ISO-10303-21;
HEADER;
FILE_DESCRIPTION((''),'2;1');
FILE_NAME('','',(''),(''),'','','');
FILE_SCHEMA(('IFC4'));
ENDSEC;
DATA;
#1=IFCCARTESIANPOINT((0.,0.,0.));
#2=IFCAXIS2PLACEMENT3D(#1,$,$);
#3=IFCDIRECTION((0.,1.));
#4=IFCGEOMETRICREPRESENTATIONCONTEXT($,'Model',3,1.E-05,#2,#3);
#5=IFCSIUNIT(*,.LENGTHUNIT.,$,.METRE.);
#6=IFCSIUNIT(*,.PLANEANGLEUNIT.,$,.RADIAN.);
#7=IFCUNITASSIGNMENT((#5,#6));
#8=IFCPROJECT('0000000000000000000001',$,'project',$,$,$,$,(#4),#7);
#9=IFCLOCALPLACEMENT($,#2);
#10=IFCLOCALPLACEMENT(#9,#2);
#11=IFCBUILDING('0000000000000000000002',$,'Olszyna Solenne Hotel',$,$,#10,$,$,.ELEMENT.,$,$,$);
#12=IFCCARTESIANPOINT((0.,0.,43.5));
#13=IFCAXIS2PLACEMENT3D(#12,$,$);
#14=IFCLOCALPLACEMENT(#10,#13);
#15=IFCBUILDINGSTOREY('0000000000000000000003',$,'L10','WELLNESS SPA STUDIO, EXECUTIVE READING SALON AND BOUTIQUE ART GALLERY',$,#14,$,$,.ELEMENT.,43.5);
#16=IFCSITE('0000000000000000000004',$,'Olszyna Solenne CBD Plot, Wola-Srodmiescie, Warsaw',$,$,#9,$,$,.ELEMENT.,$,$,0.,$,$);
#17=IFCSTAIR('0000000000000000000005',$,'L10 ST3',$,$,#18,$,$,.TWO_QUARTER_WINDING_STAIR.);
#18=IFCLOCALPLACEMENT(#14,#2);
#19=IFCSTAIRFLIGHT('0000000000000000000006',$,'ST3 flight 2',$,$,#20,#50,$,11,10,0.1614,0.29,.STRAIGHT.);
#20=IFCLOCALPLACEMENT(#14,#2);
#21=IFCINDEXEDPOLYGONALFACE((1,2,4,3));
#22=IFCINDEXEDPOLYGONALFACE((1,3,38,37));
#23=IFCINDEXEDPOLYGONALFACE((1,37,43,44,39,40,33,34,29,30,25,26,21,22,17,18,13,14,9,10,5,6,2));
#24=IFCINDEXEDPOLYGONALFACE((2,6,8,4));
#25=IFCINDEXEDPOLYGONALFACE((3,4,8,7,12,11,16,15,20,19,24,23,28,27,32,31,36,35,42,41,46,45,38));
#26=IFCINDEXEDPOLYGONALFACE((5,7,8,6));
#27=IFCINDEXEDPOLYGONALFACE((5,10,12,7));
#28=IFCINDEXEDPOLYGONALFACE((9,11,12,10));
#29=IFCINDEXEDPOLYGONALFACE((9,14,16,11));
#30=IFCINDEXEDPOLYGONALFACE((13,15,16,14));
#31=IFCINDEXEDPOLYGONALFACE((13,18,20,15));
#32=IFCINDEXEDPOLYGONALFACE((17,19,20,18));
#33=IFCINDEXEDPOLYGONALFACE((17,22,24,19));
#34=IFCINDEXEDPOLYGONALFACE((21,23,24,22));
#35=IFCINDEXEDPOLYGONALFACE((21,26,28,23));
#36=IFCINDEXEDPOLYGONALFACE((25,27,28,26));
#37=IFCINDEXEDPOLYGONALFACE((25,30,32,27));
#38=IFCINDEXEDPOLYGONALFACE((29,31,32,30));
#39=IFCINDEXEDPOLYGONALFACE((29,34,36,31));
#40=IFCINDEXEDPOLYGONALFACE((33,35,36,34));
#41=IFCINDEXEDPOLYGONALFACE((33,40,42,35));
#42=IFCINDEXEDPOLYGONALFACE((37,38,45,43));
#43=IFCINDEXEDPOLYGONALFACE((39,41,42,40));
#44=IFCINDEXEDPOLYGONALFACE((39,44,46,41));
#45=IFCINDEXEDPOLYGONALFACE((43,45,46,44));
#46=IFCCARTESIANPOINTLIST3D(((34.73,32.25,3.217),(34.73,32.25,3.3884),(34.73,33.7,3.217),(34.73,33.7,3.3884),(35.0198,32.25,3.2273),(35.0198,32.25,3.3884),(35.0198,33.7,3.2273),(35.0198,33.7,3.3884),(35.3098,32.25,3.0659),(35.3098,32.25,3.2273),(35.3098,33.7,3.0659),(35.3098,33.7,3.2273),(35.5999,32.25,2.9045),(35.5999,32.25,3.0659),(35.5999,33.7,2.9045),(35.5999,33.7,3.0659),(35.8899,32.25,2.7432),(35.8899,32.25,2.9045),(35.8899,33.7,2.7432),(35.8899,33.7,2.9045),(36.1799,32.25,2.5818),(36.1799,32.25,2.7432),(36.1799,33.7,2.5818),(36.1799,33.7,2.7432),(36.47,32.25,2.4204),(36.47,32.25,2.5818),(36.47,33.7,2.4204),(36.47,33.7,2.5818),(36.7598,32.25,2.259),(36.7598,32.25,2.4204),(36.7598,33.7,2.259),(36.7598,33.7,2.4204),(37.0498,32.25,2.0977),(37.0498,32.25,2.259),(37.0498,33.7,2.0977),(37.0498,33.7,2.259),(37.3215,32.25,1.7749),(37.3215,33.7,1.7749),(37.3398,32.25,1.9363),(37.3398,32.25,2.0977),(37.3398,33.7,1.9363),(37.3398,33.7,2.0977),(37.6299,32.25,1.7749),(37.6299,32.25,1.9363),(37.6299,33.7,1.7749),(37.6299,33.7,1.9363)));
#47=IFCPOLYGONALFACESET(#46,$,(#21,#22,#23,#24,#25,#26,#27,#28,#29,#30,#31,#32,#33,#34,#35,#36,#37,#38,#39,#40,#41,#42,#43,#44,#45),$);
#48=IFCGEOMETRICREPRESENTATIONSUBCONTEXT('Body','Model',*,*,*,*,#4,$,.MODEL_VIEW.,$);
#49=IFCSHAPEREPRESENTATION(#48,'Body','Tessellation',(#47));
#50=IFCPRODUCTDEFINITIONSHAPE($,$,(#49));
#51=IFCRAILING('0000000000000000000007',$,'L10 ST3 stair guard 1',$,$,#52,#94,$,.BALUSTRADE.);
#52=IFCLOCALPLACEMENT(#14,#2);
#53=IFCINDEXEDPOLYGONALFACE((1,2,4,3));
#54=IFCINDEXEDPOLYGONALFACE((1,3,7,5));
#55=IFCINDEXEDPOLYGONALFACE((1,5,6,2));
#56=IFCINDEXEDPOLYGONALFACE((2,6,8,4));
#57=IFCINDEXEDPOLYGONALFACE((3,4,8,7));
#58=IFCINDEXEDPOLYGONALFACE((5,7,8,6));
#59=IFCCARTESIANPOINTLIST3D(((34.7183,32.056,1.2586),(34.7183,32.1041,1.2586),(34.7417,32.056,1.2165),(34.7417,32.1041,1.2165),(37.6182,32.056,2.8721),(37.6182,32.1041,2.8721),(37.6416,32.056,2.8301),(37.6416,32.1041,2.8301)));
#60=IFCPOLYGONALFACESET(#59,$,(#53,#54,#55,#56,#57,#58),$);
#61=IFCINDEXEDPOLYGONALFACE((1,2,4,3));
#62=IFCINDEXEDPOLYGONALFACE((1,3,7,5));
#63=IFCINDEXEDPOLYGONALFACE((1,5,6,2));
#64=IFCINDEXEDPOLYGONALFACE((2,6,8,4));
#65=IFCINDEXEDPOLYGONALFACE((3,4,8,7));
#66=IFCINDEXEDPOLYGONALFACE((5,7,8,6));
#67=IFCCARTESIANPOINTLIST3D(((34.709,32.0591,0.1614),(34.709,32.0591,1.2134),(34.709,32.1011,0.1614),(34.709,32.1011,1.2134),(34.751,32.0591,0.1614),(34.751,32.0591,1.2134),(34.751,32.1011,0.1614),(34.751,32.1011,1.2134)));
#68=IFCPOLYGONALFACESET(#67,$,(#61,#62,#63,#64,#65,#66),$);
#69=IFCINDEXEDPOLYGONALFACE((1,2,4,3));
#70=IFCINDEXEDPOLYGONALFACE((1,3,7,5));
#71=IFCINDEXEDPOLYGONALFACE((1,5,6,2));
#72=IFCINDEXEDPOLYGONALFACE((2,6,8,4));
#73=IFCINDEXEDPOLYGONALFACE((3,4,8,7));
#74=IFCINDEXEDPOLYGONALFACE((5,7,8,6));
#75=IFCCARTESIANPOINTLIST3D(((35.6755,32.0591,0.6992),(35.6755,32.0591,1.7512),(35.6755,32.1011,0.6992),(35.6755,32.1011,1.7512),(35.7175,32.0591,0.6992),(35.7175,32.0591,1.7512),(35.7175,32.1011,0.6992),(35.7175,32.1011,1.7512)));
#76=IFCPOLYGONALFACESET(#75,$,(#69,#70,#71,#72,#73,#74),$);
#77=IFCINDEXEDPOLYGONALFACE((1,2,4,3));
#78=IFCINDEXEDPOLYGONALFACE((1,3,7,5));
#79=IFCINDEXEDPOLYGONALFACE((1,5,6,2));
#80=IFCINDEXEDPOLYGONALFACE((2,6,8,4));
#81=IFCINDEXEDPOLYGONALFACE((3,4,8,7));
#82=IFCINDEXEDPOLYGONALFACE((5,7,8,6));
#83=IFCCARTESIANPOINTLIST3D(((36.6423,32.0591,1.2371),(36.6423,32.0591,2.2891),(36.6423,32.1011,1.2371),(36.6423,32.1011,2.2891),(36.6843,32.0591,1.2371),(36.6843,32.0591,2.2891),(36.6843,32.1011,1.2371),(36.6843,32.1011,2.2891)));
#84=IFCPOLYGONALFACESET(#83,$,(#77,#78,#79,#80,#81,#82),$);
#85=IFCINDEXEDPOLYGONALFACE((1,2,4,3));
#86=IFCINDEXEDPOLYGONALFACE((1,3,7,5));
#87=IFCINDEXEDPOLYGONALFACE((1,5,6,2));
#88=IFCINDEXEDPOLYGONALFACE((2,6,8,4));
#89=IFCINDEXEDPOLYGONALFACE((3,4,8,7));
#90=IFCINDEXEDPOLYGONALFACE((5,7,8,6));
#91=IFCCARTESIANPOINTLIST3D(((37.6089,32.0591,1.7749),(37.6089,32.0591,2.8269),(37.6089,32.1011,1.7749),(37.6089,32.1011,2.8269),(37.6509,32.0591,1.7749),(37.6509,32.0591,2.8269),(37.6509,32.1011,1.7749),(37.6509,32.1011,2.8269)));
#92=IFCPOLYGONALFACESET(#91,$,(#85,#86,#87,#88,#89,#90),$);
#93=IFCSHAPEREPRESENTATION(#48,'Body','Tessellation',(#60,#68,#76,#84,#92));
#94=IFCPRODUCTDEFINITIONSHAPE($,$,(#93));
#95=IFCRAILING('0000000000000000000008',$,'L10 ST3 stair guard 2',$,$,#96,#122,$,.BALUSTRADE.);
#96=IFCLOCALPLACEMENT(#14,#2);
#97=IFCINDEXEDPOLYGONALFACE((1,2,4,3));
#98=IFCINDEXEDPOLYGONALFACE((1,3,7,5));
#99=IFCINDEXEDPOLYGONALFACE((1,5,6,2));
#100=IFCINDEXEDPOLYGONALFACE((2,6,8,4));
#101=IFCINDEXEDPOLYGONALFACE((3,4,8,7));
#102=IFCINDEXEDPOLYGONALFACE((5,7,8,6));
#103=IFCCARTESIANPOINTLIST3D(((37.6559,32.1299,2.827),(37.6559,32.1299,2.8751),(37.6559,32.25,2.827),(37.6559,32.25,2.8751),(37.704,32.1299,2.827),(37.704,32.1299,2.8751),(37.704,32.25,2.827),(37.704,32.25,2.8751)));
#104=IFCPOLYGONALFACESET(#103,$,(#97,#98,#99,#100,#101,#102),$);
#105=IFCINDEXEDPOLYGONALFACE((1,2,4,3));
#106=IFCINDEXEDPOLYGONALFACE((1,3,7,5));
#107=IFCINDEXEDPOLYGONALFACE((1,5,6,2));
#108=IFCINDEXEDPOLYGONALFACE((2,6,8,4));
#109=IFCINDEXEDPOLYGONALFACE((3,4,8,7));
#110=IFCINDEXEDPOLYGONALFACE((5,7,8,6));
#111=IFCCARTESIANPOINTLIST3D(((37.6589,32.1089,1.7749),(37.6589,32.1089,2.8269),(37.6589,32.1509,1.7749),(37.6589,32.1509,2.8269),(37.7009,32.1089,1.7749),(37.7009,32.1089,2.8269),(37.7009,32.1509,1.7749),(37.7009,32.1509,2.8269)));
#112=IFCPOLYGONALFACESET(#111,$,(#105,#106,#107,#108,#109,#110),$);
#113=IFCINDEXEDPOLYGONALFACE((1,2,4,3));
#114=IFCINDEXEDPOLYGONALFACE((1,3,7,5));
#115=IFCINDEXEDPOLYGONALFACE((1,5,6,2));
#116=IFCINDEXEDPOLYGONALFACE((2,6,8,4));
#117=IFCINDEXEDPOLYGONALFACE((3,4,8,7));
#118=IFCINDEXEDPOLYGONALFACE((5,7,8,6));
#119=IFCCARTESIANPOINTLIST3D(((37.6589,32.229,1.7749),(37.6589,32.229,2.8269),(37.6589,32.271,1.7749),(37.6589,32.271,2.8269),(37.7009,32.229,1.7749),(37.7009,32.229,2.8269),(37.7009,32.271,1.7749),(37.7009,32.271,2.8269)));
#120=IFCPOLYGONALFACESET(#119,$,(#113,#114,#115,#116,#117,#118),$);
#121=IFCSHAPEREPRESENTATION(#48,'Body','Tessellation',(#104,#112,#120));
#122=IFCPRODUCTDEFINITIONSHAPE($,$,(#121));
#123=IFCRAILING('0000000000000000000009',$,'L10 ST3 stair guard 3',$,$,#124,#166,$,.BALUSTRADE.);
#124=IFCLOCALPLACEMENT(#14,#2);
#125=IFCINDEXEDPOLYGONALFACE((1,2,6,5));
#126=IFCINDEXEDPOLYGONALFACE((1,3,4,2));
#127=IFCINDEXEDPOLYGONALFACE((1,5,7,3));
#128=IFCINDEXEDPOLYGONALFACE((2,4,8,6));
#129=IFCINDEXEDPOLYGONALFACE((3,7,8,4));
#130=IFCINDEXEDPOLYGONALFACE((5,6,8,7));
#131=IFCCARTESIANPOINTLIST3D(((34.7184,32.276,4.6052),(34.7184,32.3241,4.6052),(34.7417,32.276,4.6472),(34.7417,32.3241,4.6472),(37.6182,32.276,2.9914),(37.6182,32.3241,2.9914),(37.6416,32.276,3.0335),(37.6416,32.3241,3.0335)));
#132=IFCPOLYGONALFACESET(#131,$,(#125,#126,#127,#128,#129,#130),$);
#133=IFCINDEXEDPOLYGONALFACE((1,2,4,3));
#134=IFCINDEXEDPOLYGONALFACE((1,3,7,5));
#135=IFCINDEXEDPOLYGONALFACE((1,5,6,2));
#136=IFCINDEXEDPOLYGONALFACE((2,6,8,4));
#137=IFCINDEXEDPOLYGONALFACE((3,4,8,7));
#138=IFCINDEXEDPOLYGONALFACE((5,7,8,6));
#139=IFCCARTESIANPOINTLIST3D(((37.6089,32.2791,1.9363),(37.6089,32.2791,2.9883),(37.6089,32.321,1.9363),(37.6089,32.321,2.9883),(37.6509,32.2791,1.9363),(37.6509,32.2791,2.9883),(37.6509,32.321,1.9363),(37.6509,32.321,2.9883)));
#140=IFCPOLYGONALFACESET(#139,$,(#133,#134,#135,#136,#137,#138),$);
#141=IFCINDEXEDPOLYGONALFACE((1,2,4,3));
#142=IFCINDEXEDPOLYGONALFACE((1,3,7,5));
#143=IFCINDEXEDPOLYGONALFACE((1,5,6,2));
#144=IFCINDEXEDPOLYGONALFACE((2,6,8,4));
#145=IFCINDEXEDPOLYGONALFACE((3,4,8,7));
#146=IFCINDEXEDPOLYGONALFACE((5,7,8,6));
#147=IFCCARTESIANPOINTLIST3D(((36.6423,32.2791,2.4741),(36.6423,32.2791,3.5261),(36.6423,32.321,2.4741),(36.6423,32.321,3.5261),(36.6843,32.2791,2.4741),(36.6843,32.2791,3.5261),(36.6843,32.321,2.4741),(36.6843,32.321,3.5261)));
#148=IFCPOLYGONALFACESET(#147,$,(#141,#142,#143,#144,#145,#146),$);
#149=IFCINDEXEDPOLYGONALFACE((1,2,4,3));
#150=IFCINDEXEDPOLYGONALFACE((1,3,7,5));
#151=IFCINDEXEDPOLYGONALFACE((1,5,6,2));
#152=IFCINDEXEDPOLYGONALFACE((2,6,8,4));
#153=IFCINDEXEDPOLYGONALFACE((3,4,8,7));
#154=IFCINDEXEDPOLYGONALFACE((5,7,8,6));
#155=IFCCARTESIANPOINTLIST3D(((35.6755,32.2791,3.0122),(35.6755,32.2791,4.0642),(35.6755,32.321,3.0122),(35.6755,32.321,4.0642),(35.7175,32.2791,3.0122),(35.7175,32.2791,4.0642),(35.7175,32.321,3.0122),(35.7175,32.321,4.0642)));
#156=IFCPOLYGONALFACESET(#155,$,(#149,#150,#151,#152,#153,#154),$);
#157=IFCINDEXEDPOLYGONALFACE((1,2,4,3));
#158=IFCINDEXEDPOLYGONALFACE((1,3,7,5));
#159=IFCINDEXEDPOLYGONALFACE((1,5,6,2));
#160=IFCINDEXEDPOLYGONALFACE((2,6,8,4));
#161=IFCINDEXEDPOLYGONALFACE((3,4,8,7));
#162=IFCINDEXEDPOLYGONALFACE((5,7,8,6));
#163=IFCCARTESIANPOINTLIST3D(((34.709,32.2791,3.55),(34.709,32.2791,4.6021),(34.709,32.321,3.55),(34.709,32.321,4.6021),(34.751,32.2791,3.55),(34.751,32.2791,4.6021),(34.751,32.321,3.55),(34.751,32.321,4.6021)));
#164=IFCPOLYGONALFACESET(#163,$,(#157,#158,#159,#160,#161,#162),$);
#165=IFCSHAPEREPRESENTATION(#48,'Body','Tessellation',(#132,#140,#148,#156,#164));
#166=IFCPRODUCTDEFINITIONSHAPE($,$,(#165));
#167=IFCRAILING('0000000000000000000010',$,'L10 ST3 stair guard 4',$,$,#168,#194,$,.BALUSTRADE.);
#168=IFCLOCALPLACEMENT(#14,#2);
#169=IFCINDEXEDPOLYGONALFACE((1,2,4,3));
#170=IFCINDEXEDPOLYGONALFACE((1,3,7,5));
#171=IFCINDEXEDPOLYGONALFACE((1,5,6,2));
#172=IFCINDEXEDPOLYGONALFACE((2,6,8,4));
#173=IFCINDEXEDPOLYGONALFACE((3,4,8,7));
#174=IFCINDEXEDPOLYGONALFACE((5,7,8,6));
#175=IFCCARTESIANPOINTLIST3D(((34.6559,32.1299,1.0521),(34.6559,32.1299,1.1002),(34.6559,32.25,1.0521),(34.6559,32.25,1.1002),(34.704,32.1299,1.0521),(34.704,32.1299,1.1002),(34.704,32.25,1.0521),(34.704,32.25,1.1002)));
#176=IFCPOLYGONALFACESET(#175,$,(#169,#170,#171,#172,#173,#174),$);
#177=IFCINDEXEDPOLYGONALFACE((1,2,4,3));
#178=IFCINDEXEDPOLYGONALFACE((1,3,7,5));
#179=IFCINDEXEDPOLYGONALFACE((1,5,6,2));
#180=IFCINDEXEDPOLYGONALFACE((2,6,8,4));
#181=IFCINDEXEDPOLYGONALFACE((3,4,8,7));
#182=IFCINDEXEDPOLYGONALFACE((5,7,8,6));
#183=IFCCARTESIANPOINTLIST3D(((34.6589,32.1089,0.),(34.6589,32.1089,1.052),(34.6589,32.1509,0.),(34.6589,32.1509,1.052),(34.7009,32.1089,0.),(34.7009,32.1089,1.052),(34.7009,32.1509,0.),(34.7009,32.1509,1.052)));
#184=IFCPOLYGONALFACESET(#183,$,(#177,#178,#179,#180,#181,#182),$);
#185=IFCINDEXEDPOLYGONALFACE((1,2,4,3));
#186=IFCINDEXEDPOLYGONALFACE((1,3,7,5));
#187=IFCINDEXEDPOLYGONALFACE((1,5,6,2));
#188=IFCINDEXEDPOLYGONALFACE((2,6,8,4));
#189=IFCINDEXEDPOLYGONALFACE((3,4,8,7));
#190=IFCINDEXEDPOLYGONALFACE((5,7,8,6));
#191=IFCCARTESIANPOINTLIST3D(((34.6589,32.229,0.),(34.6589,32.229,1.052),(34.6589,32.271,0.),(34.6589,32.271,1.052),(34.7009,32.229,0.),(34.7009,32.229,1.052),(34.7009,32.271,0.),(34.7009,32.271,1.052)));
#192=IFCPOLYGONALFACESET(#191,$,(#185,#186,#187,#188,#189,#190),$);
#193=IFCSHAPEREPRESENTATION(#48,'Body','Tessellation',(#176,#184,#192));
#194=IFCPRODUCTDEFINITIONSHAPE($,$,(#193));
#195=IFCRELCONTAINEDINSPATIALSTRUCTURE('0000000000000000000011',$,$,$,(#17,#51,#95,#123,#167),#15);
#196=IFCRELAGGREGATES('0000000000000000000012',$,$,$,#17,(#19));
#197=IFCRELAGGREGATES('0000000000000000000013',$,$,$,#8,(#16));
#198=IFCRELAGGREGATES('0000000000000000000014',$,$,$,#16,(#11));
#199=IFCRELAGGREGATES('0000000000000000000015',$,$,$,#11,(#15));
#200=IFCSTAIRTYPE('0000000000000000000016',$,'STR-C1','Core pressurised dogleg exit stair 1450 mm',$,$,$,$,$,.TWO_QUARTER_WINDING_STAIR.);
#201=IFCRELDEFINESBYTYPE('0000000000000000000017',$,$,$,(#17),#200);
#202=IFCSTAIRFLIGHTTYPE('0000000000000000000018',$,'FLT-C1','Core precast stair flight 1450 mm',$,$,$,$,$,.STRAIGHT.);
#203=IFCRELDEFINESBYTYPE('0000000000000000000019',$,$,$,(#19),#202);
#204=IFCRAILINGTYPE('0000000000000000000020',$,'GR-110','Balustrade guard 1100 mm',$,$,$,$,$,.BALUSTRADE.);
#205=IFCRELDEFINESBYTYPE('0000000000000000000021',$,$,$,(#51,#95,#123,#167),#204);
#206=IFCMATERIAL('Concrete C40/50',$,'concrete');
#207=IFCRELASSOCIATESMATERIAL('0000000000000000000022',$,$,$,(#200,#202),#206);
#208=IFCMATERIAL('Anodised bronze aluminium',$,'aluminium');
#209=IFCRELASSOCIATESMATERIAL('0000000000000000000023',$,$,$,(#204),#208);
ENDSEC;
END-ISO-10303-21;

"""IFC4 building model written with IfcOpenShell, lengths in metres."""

from ifc_helpers import new_model, si_unit, direction, frame, origin, origin_2d, place, context, subcontext, project, spatial, polyline, rectangle, outline, extrude, material, type_object, element, aggregate, save


model = new_model("IFC4")

# Units and contexts
model_context = context("Model", 3, precision=1e-05, world=origin(), true_north=direction((0.0, 1.0)))
body_context = subcontext(model_context, "Body", "Model", "MODEL_VIEW")
ifc_project = project(units=[si_unit("LENGTHUNIT", "METRE"), si_unit("PLANEANGLEUNIT", "RADIAN")], contexts=[model_context])

# Site, building, storey
site_placement = place(None, origin())
site = spatial("IfcSite", under=ifc_project, at=site_placement, Name="Olszyna Solenne CBD Plot, Wola-Srodmiescie, Warsaw", CompositionType="ELEMENT", RefElevation=0.0)
building_placement = place(site_placement, origin())
building = spatial("IfcBuilding", under=site, at=building_placement, Name="Olszyna Solenne Hotel", CompositionType="ELEMENT")
storey_placement = place(building_placement, frame((0.0, 0.0, 43.5)))
storey = spatial("IfcBuildingStorey", under=building, at=storey_placement, Name="L10", Description="WELLNESS SPA STUDIO, EXECUTIVE READING SALON AND BOUTIQUE ART GALLERY", CompositionType="ELEMENT", Elevation=43.5)

# Shared definitions
ifc_material_1 = material(Name="Anodised bronze aluminium", Category="aluminium")

# Stair, stair flight
ifc_material_2 = material(Name="Concrete C40/50", Category="concrete")
stair_type = type_object("IfcStairType", Name="STR-C1", Description="Core pressurised dogleg exit stair 1450 mm", PredefinedType="TWO_QUARTER_WINDING_STAIR", material=ifc_material_2)
stair_placement = place(storey_placement, origin())
stair = element("IfcStair", 1, at=stair_placement, inside=storey, type_object=stair_type, Name="L10 ST3", PredefinedType="TWO_QUARTER_WINDING_STAIR")
stair_flight_type = type_object("IfcStairFlightType", Name="FLT-C1", Description="Core precast stair flight 1450 mm", PredefinedType="STRAIGHT", material=ifc_material_2)
stair_flight_1_placement = place(storey_placement, frame((37.6299, 32.9751, 1.7749), z_axis=(0.0, 0.0, 1.0), x_axis=(-1.0, 0.0, 0.0)))
stair_flight_1 = element("IfcStairFlight", 2, at=stair_flight_1_placement, type_object=stair_flight_type, Name="ST3 flight 2", NumberOfRisers=11, NumberOfTreads=10, PredefinedType="STRAIGHT", RiserHeight=0.1614, TreadLength=0.29, context=body_context, shape_type="SweptSolid", body=[
    extrude(outline(polyline([(0.0, 0.0), (0.0, 0.1614), (0.29, 0.1614), (0.29, 0.3228), (0.5801, 0.3228), (0.5801, 0.4841), (0.8701, 0.4841), (0.8701, 0.6455), (1.1599, 0.6455), (1.1599, 0.8069), (1.45, 0.8069), (1.45, 0.9683), (1.74, 0.9683), (1.74, 1.1296), (2.03, 1.1296), (2.03, 1.291), (2.3201, 1.291), (2.3201, 1.4524), (2.6101, 1.4524), (2.6101, 1.6135), (2.8999, 1.6135), (2.8999, 1.7749), (2.8999, 1.4421), (0.3083, 0.0), (0.0, 0.0)])), frame((0.0, 0.7251, 0.0), z_axis=(0.0, -1.0, 0.0), x_axis=(1.0, 0.0, 0.0)), (0.0, 0.0, 1.0), 1.45),
])
aggregate(stair, [stair_flight_1])

# Railings
railing_type_1 = type_object("IfcRailingType", Name="GR-110", Description="Balustrade guard 1100 mm", PredefinedType="BALUSTRADE", material=ifc_material_1)
railing_1_placement = place(storey_placement, frame((34.73, 32.0801, 0.1614)))
element("IfcRailing", 3, at=railing_1_placement, inside=storey, type_object=railing_type_1, Name="L10 ST3 stair guard 1", PredefinedType="BALUSTRADE", context=body_context, shape_type="SweptSolid", body=[
    extrude(rectangle(XDim=0.0481, YDim=0.0481, at=origin_2d()), frame((0.0, 0.0, 1.0762), z_axis=(0.873841, 0.0, 0.486211), x_axis=(0.0, 1.0, 0.0)), (0.0, 0.0, 1.0), 3.3186),
    extrude(rectangle(XDim=0.042, YDim=0.042, at=origin_2d()), origin(), (0.0, 0.0, 1.0), 1.052),
    extrude(rectangle(XDim=0.042, YDim=0.042, at=origin_2d()), frame((0.9666, 0.0, 0.5378)), (0.0, 0.0, 1.0), 1.052),
    extrude(rectangle(XDim=0.042, YDim=0.042, at=origin_2d()), frame((1.9333, 0.0, 1.0757)), (0.0, 0.0, 1.0), 1.052),
    extrude(rectangle(XDim=0.042, YDim=0.042, at=origin_2d()), frame((2.8999, 0.0, 1.6135)), (0.0, 0.0, 1.0), 1.052),
])
railing_2_placement = place(storey_placement, frame((37.6799, 32.1299, 1.7749)))
element("IfcRailing", 4, at=railing_2_placement, inside=storey, type_object=railing_type_1, Name="L10 ST3 stair guard 2", PredefinedType="BALUSTRADE", context=body_context, shape_type="SweptSolid", body=[
    extrude(rectangle(XDim=0.0481, YDim=0.0481, at=origin_2d()), frame((0.0, 0.0, 1.0762), z_axis=(0.0, 1.0, 0.0), x_axis=(-1.0, 0.0, 0.0)), (0.0, 0.0, 1.0), 0.1201),
    extrude(rectangle(XDim=0.042, YDim=0.042, at=origin_2d()), origin(), (0.0, 0.0, 1.0), 1.052),
    extrude(rectangle(XDim=0.042, YDim=0.042, at=origin_2d()), frame((0.0, 0.1201, 0.0)), (0.0, 0.0, 1.0), 1.052),
])
railing_3_placement = place(storey_placement, frame((37.6299, 32.3, 1.9363)))
element("IfcRailing", 5, at=railing_3_placement, inside=storey, type_object=railing_type_1, Name="L10 ST3 stair guard 3", PredefinedType="BALUSTRADE", context=body_context, shape_type="SweptSolid", body=[
    extrude(rectangle(XDim=0.0481, YDim=0.0481, at=origin_2d()), frame((0.0, 0.0, 1.0762), z_axis=(-0.87381, 0.0, 0.486267), x_axis=(0.0, -1.0, 0.0)), (0.0, 0.0, 1.0), 3.3186),
    extrude(rectangle(XDim=0.042, YDim=0.042, at=origin_2d()), origin(), (0.0, 0.0, 1.0), 1.052),
    extrude(rectangle(XDim=0.042, YDim=0.042, at=origin_2d()), frame((-0.9666, 0.0, 0.5378)), (0.0, 0.0, 1.0), 1.052),
    extrude(rectangle(XDim=0.042, YDim=0.042, at=origin_2d()), frame((-1.9333, 0.0, 1.0759)), (0.0, 0.0, 1.0), 1.052),
    extrude(rectangle(XDim=0.042, YDim=0.042, at=origin_2d()), frame((-2.8999, 0.0, 1.6138)), (0.0, 0.0, 1.0), 1.052),
])
railing_4_placement = place(storey_placement, frame((34.6799, 32.1299, 0.0)))
element("IfcRailing", 6, at=railing_4_placement, inside=storey, type_object=railing_type_1, Name="L10 ST3 stair guard 4", PredefinedType="BALUSTRADE", context=body_context, shape_type="SweptSolid", body=[
    extrude(rectangle(XDim=0.0481, YDim=0.0481, at=origin_2d()), frame((0.0, 0.0, 1.0762), z_axis=(0.0, 1.0, 0.0), x_axis=(-1.0, 0.0, 0.0)), (0.0, 0.0, 1.0), 0.1201),
    extrude(rectangle(XDim=0.042, YDim=0.042, at=origin_2d()), origin(), (0.0, 0.0, 1.0), 1.052),
    extrude(rectangle(XDim=0.042, YDim=0.042, at=origin_2d()), frame((0.0, 0.1201, 0.0)), (0.0, 0.0, 1.0), 1.052),
])

save(model, "model.ifc")
